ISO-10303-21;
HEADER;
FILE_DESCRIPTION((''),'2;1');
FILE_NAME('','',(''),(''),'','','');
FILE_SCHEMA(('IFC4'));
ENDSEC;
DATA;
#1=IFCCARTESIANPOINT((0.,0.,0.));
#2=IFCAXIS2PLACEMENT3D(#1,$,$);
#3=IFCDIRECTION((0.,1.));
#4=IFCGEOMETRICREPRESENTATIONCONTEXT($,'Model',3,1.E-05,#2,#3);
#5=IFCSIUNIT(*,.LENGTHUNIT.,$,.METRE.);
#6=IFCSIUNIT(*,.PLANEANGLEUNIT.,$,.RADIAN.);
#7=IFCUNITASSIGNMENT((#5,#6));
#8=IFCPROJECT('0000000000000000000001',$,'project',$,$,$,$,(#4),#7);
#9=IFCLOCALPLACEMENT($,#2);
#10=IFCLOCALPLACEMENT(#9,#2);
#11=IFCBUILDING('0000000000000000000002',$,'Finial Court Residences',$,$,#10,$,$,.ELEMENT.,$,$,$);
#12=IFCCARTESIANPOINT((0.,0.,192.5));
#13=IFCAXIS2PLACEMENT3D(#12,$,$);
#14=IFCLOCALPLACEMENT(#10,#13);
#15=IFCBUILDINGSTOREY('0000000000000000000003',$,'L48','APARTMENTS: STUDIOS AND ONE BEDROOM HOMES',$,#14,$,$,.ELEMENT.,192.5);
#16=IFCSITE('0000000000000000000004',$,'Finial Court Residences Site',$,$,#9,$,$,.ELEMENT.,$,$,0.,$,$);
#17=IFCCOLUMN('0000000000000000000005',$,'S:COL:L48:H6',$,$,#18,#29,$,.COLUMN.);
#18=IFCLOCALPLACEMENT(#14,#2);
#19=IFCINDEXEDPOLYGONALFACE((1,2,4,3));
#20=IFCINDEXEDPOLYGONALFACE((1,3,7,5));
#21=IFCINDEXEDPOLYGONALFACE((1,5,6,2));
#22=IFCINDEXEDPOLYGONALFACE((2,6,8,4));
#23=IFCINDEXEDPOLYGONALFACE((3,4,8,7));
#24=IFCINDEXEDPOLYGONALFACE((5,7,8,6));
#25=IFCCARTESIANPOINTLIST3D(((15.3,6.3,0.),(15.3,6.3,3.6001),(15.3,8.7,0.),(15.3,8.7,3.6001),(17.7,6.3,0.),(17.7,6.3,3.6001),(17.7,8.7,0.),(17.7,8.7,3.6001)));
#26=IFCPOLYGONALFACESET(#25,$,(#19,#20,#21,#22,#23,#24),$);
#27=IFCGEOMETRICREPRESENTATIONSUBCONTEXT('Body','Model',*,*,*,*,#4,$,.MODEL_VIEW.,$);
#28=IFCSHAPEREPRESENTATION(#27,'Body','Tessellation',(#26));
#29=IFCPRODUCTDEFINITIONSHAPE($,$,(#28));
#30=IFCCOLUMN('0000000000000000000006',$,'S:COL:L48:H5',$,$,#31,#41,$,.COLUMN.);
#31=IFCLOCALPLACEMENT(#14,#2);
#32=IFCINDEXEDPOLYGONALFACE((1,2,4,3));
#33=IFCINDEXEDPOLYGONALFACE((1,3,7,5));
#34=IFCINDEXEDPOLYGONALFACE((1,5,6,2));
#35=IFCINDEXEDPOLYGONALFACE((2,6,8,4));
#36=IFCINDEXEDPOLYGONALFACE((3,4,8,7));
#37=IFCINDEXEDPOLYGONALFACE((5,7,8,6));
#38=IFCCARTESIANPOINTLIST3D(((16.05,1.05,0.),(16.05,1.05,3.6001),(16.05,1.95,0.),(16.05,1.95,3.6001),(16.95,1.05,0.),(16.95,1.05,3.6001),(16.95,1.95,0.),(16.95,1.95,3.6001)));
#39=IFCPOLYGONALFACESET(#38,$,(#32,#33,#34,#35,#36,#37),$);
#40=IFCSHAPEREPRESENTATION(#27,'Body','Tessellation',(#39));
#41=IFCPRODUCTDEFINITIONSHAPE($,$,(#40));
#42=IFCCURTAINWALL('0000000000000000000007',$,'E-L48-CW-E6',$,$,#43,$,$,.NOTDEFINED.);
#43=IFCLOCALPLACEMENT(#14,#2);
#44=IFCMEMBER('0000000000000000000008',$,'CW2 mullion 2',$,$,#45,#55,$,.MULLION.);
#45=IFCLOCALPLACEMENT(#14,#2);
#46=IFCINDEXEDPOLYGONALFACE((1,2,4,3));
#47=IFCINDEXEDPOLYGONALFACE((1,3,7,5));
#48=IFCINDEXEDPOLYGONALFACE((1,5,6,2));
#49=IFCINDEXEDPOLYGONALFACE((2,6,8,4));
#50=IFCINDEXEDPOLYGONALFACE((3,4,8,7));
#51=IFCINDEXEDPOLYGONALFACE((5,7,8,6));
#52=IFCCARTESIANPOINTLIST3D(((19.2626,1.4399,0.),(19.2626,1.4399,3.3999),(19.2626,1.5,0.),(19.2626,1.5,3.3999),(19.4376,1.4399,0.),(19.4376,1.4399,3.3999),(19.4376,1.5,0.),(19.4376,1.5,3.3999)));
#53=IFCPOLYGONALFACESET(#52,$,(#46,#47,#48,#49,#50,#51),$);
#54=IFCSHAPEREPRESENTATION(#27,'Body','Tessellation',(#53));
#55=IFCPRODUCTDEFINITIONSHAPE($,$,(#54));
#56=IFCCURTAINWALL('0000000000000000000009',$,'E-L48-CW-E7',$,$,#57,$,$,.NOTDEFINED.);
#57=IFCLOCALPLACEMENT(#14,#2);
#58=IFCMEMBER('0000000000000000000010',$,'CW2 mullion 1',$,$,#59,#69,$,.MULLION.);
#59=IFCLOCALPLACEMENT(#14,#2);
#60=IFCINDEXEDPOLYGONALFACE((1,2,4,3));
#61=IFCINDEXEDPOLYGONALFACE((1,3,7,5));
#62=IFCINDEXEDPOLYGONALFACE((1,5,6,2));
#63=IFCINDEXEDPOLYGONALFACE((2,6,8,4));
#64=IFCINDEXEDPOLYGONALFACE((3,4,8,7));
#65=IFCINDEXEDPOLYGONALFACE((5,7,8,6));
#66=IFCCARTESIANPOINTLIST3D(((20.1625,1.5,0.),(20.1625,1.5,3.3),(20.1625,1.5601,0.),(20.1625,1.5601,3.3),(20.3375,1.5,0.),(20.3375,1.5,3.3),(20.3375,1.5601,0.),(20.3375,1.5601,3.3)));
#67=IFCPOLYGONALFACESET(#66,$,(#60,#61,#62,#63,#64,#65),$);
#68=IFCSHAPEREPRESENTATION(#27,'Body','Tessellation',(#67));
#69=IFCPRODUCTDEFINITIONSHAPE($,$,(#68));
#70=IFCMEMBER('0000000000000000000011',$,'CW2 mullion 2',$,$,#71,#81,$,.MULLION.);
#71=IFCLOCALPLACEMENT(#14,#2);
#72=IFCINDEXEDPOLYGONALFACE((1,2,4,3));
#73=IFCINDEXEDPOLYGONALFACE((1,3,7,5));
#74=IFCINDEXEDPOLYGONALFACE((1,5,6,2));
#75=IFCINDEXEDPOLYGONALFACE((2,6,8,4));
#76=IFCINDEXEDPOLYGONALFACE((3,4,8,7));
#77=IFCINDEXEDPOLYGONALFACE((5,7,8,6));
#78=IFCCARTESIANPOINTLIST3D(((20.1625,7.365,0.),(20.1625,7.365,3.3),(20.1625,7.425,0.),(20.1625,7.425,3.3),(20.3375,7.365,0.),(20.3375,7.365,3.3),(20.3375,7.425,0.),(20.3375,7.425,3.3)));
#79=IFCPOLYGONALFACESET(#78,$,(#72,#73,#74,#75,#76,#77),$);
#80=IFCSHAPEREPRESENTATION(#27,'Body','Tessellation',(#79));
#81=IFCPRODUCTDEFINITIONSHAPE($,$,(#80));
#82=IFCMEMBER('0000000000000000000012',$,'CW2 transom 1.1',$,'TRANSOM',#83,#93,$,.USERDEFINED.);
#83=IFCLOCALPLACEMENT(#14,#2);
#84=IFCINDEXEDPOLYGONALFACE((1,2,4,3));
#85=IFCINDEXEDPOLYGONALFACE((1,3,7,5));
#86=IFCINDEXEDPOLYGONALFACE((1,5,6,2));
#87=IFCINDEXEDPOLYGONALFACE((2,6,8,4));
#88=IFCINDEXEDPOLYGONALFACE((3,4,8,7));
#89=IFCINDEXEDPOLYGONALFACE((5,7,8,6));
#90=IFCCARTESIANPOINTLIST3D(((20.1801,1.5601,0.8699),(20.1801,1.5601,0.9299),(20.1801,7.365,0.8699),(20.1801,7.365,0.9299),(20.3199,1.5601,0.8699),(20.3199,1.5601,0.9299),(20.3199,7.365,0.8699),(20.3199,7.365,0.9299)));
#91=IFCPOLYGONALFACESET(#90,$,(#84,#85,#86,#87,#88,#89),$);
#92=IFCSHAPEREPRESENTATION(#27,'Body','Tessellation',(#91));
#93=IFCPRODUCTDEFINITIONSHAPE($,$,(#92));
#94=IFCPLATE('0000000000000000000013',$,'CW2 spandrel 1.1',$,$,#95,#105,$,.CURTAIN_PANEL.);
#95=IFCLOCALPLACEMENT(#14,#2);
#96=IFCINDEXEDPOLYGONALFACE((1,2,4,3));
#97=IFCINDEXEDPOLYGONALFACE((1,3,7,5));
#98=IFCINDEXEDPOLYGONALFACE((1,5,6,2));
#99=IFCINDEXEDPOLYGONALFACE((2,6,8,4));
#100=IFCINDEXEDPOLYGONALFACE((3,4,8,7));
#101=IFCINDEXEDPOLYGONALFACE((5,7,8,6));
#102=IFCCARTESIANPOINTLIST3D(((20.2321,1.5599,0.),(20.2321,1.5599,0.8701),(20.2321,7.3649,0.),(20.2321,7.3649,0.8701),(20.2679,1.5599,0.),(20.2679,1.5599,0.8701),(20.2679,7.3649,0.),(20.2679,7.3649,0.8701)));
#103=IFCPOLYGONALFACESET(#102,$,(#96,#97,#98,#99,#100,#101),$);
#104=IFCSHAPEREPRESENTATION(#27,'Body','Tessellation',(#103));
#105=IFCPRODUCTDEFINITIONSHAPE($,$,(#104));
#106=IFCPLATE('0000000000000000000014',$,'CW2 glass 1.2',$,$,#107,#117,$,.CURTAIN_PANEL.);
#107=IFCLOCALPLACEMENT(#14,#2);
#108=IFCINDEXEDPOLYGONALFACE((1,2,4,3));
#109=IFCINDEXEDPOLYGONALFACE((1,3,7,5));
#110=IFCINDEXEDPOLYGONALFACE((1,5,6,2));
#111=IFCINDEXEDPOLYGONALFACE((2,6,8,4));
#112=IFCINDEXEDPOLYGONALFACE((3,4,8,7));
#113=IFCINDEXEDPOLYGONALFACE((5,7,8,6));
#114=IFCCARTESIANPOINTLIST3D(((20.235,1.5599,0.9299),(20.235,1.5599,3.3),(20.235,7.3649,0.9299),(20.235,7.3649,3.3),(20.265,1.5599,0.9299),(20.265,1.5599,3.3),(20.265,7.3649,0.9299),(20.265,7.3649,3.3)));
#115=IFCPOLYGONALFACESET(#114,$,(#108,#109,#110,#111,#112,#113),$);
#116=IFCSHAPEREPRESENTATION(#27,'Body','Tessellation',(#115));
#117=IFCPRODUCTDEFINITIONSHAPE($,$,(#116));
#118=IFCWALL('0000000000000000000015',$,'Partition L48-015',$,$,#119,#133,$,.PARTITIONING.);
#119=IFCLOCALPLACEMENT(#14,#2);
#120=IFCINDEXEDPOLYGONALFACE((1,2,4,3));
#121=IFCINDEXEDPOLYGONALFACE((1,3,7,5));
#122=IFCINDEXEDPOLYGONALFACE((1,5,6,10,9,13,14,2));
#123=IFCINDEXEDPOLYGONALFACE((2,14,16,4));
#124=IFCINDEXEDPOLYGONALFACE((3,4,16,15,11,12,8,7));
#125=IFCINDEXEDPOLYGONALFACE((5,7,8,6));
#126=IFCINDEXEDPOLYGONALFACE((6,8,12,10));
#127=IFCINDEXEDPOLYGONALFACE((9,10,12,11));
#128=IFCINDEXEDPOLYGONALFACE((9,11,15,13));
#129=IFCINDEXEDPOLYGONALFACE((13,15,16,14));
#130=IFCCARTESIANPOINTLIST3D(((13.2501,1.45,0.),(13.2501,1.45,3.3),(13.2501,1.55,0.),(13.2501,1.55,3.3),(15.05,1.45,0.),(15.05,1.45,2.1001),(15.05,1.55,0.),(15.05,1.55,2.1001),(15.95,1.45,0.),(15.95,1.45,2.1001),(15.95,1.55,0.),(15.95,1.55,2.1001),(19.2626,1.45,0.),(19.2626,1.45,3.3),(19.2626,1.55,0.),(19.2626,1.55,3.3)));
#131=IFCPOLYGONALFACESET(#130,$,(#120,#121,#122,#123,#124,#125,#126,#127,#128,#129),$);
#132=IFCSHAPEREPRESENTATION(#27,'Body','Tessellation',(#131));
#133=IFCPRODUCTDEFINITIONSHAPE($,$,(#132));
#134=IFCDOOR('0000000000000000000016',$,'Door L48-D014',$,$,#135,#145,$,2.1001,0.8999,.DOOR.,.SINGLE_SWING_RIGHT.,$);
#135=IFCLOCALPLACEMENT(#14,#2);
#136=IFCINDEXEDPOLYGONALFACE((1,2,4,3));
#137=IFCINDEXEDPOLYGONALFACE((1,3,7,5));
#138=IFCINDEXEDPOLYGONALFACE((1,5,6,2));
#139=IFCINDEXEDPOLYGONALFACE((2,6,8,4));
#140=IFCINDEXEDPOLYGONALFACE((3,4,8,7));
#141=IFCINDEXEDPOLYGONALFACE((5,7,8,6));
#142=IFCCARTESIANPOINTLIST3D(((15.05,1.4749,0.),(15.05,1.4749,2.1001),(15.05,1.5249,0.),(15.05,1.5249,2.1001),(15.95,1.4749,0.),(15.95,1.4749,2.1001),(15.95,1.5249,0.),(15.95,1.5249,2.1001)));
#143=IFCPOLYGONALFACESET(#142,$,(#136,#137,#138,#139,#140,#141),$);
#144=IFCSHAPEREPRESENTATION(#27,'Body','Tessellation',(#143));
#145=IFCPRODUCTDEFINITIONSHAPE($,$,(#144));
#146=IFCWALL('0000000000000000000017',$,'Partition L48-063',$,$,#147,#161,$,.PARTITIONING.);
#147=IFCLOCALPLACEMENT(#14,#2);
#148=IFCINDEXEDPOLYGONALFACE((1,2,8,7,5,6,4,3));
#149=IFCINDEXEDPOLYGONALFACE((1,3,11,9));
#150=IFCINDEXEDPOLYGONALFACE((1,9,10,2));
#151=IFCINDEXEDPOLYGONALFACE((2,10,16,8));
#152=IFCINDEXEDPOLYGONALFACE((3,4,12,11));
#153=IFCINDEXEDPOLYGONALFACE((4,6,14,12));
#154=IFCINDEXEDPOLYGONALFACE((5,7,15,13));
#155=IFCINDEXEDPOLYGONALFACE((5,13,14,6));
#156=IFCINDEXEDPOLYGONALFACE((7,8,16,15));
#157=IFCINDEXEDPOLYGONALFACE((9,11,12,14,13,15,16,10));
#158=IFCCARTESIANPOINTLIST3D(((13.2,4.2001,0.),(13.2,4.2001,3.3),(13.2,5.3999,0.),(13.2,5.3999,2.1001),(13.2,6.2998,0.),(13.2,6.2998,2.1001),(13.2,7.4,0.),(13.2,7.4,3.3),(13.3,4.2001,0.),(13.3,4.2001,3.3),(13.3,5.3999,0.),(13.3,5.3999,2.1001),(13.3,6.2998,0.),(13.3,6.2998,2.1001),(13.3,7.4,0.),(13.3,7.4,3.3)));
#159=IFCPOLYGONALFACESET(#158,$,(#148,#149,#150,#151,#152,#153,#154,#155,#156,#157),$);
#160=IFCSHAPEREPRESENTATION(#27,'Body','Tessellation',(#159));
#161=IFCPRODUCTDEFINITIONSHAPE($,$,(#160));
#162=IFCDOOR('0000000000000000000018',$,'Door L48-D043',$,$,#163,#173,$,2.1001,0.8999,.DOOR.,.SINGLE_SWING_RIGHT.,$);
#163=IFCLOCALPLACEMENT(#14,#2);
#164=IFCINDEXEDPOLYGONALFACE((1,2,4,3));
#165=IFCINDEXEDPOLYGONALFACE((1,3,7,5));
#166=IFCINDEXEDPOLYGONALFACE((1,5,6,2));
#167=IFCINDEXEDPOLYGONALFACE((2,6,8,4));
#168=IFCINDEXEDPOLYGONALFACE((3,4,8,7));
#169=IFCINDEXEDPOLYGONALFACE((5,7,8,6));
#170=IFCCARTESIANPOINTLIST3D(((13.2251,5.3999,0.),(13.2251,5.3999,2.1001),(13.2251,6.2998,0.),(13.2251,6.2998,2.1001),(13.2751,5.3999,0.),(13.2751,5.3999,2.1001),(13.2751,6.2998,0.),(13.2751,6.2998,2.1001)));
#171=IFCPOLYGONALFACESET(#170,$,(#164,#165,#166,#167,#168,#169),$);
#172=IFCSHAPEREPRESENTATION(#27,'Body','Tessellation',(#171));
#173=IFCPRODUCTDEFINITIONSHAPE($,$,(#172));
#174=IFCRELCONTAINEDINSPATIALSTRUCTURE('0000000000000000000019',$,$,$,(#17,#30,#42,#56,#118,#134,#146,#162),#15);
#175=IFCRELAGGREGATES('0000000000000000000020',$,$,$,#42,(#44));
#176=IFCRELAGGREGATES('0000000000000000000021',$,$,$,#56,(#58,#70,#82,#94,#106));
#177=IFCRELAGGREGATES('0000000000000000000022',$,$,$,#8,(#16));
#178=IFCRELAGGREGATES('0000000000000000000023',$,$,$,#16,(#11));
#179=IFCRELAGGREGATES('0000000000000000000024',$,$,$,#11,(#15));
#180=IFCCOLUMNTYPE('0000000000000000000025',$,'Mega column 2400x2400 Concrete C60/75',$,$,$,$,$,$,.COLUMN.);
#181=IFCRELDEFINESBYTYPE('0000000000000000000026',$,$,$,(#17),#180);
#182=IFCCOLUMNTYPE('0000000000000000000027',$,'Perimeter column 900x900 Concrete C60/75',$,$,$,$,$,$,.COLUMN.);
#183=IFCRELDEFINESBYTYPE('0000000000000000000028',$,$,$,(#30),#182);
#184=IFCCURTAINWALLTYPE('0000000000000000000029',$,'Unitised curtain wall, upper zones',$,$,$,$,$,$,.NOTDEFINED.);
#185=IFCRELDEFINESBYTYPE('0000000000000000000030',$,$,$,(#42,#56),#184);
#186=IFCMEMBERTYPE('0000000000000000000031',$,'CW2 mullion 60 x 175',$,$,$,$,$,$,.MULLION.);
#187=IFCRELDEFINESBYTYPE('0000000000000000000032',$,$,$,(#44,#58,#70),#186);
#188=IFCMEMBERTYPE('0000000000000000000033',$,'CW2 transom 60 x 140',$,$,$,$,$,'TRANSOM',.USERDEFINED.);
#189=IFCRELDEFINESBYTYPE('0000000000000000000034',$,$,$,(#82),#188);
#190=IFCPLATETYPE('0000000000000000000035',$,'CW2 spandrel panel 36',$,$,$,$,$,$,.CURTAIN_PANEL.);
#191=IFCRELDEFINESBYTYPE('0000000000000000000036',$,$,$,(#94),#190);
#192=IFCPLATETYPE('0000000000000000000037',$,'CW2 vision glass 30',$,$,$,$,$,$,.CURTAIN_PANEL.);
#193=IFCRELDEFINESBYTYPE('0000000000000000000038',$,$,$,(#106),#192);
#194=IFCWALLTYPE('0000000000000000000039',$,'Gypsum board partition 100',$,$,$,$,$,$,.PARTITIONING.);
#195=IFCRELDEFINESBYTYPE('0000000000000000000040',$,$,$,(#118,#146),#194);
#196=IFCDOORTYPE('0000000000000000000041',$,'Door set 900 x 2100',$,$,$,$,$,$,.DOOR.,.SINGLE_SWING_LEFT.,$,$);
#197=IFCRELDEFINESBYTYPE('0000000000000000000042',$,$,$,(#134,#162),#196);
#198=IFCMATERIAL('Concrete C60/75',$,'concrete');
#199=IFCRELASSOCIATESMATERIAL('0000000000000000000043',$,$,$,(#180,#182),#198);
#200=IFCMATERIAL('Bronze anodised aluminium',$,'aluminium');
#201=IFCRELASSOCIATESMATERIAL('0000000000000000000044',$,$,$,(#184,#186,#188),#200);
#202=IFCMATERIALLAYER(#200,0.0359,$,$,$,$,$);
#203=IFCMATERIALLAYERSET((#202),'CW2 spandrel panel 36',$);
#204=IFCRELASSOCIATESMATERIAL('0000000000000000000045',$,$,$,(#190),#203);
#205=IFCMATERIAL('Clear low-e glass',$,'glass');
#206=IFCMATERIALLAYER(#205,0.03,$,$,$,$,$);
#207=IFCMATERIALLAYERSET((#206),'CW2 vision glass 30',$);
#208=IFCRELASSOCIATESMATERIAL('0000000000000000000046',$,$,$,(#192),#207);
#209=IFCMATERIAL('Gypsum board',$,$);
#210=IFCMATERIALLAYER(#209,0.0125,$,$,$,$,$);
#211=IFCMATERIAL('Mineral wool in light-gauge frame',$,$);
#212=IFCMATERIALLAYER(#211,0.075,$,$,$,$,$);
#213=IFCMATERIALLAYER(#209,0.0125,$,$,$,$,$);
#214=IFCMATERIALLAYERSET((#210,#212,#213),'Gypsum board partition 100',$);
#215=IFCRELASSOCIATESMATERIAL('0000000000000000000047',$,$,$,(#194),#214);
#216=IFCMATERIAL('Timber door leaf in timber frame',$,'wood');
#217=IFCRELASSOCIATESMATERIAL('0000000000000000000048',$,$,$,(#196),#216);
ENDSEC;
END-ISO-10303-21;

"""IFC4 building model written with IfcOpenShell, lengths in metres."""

from ifc_helpers import new_model, si_unit, direction, frame, frame_2d, origin, origin_2d, place, context, subcontext, project, spatial, rectangle, extrude, material, layer, layer_set, material_profile, profile_set, type_object, element, fill, aggregate, save


model = new_model("IFC4")

# Units and contexts
model_context = context("Model", 3, precision=1e-05, world=origin(), true_north=direction((0.0, 1.0)))
body_context = subcontext(model_context, "Body", "Model", "MODEL_VIEW")
ifc_project = project(units=[si_unit("LENGTHUNIT", "METRE"), si_unit("PLANEANGLEUNIT", "RADIAN")], contexts=[model_context])

# Site, building, storey
site_placement = place(None, origin())
site = spatial("IfcSite", under=ifc_project, at=site_placement, Name="Finial Court Residences Site", CompositionType="ELEMENT", RefElevation=0.0)
building_placement = place(site_placement, origin())
building = spatial("IfcBuilding", under=site, at=building_placement, Name="Finial Court Residences", CompositionType="ELEMENT")
storey_placement = place(building_placement, frame((0.0, 0.0, 192.5)))
storey = spatial("IfcBuildingStorey", under=building, at=storey_placement, Name="L48", Description="APARTMENTS: STUDIOS AND ONE BEDROOM HOMES", CompositionType="ELEMENT", Elevation=192.5)

# Columns
ifc_material_1 = material(Name="Concrete C60/75", Category="concrete")
ifc_material_profile_1 = material_profile(ifc_material_1, rectangle(XDim=2.3999, YDim=2.3999, at=origin_2d()), Name="2400x2400")
ifc_profile_set_1 = profile_set([ifc_material_profile_1], Name="Concrete C60/75")
column_type_1 = type_object("IfcColumnType", Name="Mega column 2400x2400 Concrete C60/75", PredefinedType="COLUMN", material=ifc_profile_set_1)
column_1_placement = place(storey_placement, frame((16.5, 7.5, 0.0), z_axis=(0.0, 0.0, 1.0), x_axis=(1.0, 0.0, 0.0)))
element("IfcColumn", 1, at=column_1_placement, inside=storey, type_object=column_type_1, Name="S:COL:L48:H6", PredefinedType="COLUMN", context=body_context, shape_type="SweptSolid", body=[
    extrude(rectangle(XDim=2.3999, YDim=2.3999, at=origin_2d()), origin(), (0.0, 0.0, 1.0), 3.6001),
])
ifc_material_profile_2 = material_profile(ifc_material_1, rectangle(XDim=0.8999, YDim=0.8999, at=origin_2d()), Name="900x900")
ifc_profile_set_2 = profile_set([ifc_material_profile_2], Name="Concrete C60/75")
column_type_2 = type_object("IfcColumnType", Name="Perimeter column 900x900 Concrete C60/75", PredefinedType="COLUMN", material=ifc_profile_set_2)
column_2_placement = place(storey_placement, frame((16.5, 1.5, 0.0), z_axis=(0.0, 0.0, 1.0), x_axis=(1.0, 0.0, 0.0)))
element("IfcColumn", 2, at=column_2_placement, inside=storey, type_object=column_type_2, Name="S:COL:L48:H5", PredefinedType="COLUMN", context=body_context, shape_type="SweptSolid", body=[
    extrude(rectangle(XDim=0.8999, YDim=0.8999, at=origin_2d()), origin(), (0.0, 0.0, 1.0), 3.6001),
])

# Curtain wall, member
ifc_material_2 = material(Name="Bronze anodised aluminium", Category="aluminium")
curtain_wall_type = type_object("IfcCurtainWallType", Name="Unitised curtain wall, upper zones", PredefinedType="NOTDEFINED", material=ifc_material_2)
curtain_wall_1_placement = place(storey_placement, origin())
curtain_wall_1 = element("IfcCurtainWall", 3, at=curtain_wall_1_placement, inside=storey, type_object=curtain_wall_type, Name="E-L48-CW-E6", PredefinedType="NOTDEFINED")
ifc_material_profile_3 = material_profile(ifc_material_2, rectangle(XDim=0.175, YDim=0.0601, at=origin_2d()), Name="CW2 mullion 60 x 175")
ifc_profile_set_3 = profile_set([ifc_material_profile_3], Name="Bronze anodised aluminium")
member_type_1 = type_object("IfcMemberType", Name="CW2 mullion 60 x 175", PredefinedType="MULLION", material=ifc_profile_set_3)
member_1_placement = place(storey_placement, frame((19.3501, 1.47, 0.0), z_axis=(0.0, 0.0, 1.0), x_axis=(-1.0, 0.0, 0.0)))
member_1 = element("IfcMember", 4, at=member_1_placement, type_object=member_type_1, Name="CW2 mullion 2", PredefinedType="MULLION", context=body_context, shape_type="SweptSolid", body=[
    extrude(rectangle(XDim=0.175, YDim=0.0601, at=origin_2d()), origin(), (0.0, 0.0, 1.0), 3.3999),
])
aggregate(curtain_wall_1, [member_1])

# Curtain wall, members, plates
curtain_wall_2_placement = place(storey_placement, origin())
curtain_wall_2 = element("IfcCurtainWall", 5, at=curtain_wall_2_placement, inside=storey, type_object=curtain_wall_type, Name="E-L48-CW-E7", PredefinedType="NOTDEFINED")
member_2_placement = place(storey_placement, frame((20.25, 1.53, 0.0), z_axis=(0.0, 0.0, 1.0), x_axis=(-1.0, 0.0, 0.0)))
member_2 = element("IfcMember", 6, at=member_2_placement, type_object=member_type_1, Name="CW2 mullion 1", PredefinedType="MULLION", context=body_context, shape_type="SweptSolid", body=[
    extrude(rectangle(XDim=0.175, YDim=0.0601, at=origin_2d()), origin(), (0.0, 0.0, 1.0), 3.3),
])
member_3_placement = place(storey_placement, frame((20.25, 7.395, 0.0), z_axis=(0.0, 0.0, 1.0), x_axis=(-1.0, 0.0, 0.0)))
member_3 = element("IfcMember", 7, at=member_3_placement, type_object=member_type_1, Name="CW2 mullion 2", PredefinedType="MULLION", context=body_context, shape_type="SweptSolid", body=[
    extrude(rectangle(XDim=0.175, YDim=0.0601, at=origin_2d()), origin(), (0.0, 0.0, 1.0), 3.3),
])
ifc_material_profile_4 = material_profile(ifc_material_2, rectangle(XDim=0.1399, YDim=0.0601, at=origin_2d()), Name="CW2 transom 60 x 140")
ifc_profile_set_4 = profile_set([ifc_material_profile_4], Name="Bronze anodised aluminium")
member_type_2 = type_object("IfcMemberType", Name="CW2 transom 60 x 140", ElementType="TRANSOM", PredefinedType="USERDEFINED", material=ifc_profile_set_4)
member_4_placement = place(storey_placement, frame((20.25, 1.5601, 0.8999), z_axis=(0.0, 1.0, 0.0), x_axis=(-1.0, 0.0, 0.0)))
member_4 = element("IfcMember", 8, at=member_4_placement, type_object=member_type_2, Name="CW2 transom 1.1", ObjectType="TRANSOM", PredefinedType="USERDEFINED", context=body_context, shape_type="SweptSolid", body=[
    extrude(rectangle(XDim=0.1399, YDim=0.0601, at=origin_2d()), origin(), (0.0, 0.0, 1.0), 5.8049),
])
ifc_layer_1 = layer(ifc_material_2, 0.0359)
ifc_layer_set_1 = layer_set([ifc_layer_1], Name="CW2 spandrel panel 36")
plate_type_1 = type_object("IfcPlateType", Name="CW2 spandrel panel 36", PredefinedType="CURTAIN_PANEL", material=ifc_layer_set_1)
plate_1_placement = place(storey_placement, frame((20.25, 4.4624, 0.0), z_axis=(0.0, 0.0, 1.0), x_axis=(0.0, 1.0, 0.0)))
plate_1 = element("IfcPlate", 9, at=plate_1_placement, type_object=plate_type_1, Name="CW2 spandrel 1.1", PredefinedType="CURTAIN_PANEL", context=body_context, shape_type="SweptSolid", body=[
    extrude(rectangle(XDim=5.8049, YDim=0.0359, at=origin_2d()), origin(), (0.0, 0.0, 1.0), 0.8701),
])
ifc_material_3 = material(Name="Clear low-e glass", Category="glass")
ifc_layer_2 = layer(ifc_material_3, 0.03)
ifc_layer_set_2 = layer_set([ifc_layer_2], Name="CW2 vision glass 30")
plate_type_2 = type_object("IfcPlateType", Name="CW2 vision glass 30", PredefinedType="CURTAIN_PANEL", material=ifc_layer_set_2)
plate_2_placement = place(storey_placement, frame((20.25, 4.4624, 0.9299), z_axis=(0.0, 0.0, 1.0), x_axis=(0.0, 1.0, 0.0)))
plate_2 = element("IfcPlate", 10, at=plate_2_placement, type_object=plate_type_2, Name="CW2 glass 1.2", PredefinedType="CURTAIN_PANEL", context=body_context, shape_type="SweptSolid", body=[
    extrude(rectangle(XDim=5.8049, YDim=0.03, at=origin_2d()), origin(), (0.0, 0.0, 1.0), 2.3701),
])
aggregate(curtain_wall_2, [member_2, member_3, member_4, plate_1, plate_2])

# Walls, openings, doors
ifc_material_4 = material(Name="Gypsum board")
ifc_layer_3 = layer(ifc_material_4, 0.0125)
ifc_material_5 = material(Name="Mineral wool in light-gauge frame")
ifc_layer_4 = layer(ifc_material_5, 0.075)
ifc_layer_5 = layer(ifc_material_4, 0.0125)
ifc_layer_set_3 = layer_set([ifc_layer_3, ifc_layer_4, ifc_layer_5], Name="Gypsum board partition 100")
wall_type_1 = type_object("IfcWallType", Name="Gypsum board partition 100", PredefinedType="PARTITIONING", material=ifc_layer_set_3)
wall_1_placement = place(storey_placement, frame((13.25, 1.5, 0.0), z_axis=(0.0, 0.0, 1.0), x_axis=(1.0, 0.0, 0.0)))
wall_1 = element("IfcWall", 11, at=wall_1_placement, inside=storey, type_object=wall_type_1, Name="Partition L48-015", PredefinedType="PARTITIONING", context=body_context, shape_type="SweptSolid", body=[
    extrude(rectangle(XDim=6.0125, YDim=0.1001, at=frame_2d((3.0063, 0.0))), origin(), (0.0, 0.0, 1.0), 3.3),
])
opening_1_placement = place(wall_1_placement, frame((1.8, 0.0, 0.0)))
opening_1 = element("IfcOpeningElement", 12, at=opening_1_placement, cuts=wall_1, PredefinedType="OPENING", context=body_context, shape_type="SweptSolid", body=[
    extrude(rectangle(XDim=0.8999, YDim=2.1001, at=frame_2d((0.45, 1.05))), frame((0.0, 0.0601, 0.0), z_axis=(0.0, -1.0, 0.0), x_axis=(1.0, 0.0, 0.0)), (0.0, 0.0, 1.0), 0.1201),
])
ifc_material_6 = material(Name="Timber door leaf in timber frame", Category="wood")
door_type_1 = type_object("IfcDoorType", Name="Door set 900 x 2100", OperationType="SINGLE_SWING_LEFT", PredefinedType="DOOR", material=ifc_material_6)
door_1_placement = place(opening_1_placement, origin())
door_1 = element("IfcDoor", 13, at=door_1_placement, inside=storey, type_object=door_type_1, Name="Door L48-D014", OperationType="SINGLE_SWING_RIGHT", OverallHeight=2.1001, OverallWidth=0.8999, PredefinedType="DOOR", context=body_context, shape_type="SweptSolid", body=[
    extrude(rectangle(XDim=0.8999, YDim=2.1001, at=frame_2d((0.45, 1.05))), frame((0.0, 0.0249, 0.0), z_axis=(0.0, -1.0, 0.0), x_axis=(1.0, 0.0, 0.0)), (0.0, 0.0, 1.0), 0.05),
])
fill(opening_1, door_1)
wall_2_placement = place(storey_placement, frame((13.25, 4.2, 0.0), z_axis=(0.0, 0.0, 1.0), x_axis=(0.0, 1.0, 0.0)))
wall_2 = element("IfcWall", 14, at=wall_2_placement, inside=storey, type_object=wall_type_1, Name="Partition L48-063", PredefinedType="PARTITIONING", context=body_context, shape_type="SweptSolid", body=[
    extrude(rectangle(XDim=3.2, YDim=0.1001, at=frame_2d((1.6001, 0.0))), origin(), (0.0, 0.0, 1.0), 3.3),
])
opening_2_placement = place(wall_2_placement, frame((1.2, 0.0, 0.0)))
opening_2 = element("IfcOpeningElement", 15, at=opening_2_placement, cuts=wall_2, PredefinedType="OPENING", context=body_context, shape_type="SweptSolid", body=[
    extrude(rectangle(XDim=0.8999, YDim=2.1001, at=frame_2d((0.45, 1.05))), frame((0.0, 0.0601, 0.0), z_axis=(0.0, -1.0, 0.0), x_axis=(1.0, 0.0, 0.0)), (0.0, 0.0, 1.0), 0.1201),
])
door_2_placement = place(opening_2_placement, origin())
door_2 = element("IfcDoor", 16, at=door_2_placement, inside=storey, type_object=door_type_1, Name="Door L48-D043", OperationType="SINGLE_SWING_RIGHT", OverallHeight=2.1001, OverallWidth=0.8999, PredefinedType="DOOR", context=body_context, shape_type="SweptSolid", body=[
    extrude(rectangle(XDim=0.8999, YDim=2.1001, at=frame_2d((0.45, 1.05))), frame((0.0, 0.0249, 0.0), z_axis=(0.0, -1.0, 0.0), x_axis=(1.0, 0.0, 0.0)), (0.0, 0.0, 1.0), 0.05),
])
fill(opening_2, door_2)

save(model, "model.ifc")
